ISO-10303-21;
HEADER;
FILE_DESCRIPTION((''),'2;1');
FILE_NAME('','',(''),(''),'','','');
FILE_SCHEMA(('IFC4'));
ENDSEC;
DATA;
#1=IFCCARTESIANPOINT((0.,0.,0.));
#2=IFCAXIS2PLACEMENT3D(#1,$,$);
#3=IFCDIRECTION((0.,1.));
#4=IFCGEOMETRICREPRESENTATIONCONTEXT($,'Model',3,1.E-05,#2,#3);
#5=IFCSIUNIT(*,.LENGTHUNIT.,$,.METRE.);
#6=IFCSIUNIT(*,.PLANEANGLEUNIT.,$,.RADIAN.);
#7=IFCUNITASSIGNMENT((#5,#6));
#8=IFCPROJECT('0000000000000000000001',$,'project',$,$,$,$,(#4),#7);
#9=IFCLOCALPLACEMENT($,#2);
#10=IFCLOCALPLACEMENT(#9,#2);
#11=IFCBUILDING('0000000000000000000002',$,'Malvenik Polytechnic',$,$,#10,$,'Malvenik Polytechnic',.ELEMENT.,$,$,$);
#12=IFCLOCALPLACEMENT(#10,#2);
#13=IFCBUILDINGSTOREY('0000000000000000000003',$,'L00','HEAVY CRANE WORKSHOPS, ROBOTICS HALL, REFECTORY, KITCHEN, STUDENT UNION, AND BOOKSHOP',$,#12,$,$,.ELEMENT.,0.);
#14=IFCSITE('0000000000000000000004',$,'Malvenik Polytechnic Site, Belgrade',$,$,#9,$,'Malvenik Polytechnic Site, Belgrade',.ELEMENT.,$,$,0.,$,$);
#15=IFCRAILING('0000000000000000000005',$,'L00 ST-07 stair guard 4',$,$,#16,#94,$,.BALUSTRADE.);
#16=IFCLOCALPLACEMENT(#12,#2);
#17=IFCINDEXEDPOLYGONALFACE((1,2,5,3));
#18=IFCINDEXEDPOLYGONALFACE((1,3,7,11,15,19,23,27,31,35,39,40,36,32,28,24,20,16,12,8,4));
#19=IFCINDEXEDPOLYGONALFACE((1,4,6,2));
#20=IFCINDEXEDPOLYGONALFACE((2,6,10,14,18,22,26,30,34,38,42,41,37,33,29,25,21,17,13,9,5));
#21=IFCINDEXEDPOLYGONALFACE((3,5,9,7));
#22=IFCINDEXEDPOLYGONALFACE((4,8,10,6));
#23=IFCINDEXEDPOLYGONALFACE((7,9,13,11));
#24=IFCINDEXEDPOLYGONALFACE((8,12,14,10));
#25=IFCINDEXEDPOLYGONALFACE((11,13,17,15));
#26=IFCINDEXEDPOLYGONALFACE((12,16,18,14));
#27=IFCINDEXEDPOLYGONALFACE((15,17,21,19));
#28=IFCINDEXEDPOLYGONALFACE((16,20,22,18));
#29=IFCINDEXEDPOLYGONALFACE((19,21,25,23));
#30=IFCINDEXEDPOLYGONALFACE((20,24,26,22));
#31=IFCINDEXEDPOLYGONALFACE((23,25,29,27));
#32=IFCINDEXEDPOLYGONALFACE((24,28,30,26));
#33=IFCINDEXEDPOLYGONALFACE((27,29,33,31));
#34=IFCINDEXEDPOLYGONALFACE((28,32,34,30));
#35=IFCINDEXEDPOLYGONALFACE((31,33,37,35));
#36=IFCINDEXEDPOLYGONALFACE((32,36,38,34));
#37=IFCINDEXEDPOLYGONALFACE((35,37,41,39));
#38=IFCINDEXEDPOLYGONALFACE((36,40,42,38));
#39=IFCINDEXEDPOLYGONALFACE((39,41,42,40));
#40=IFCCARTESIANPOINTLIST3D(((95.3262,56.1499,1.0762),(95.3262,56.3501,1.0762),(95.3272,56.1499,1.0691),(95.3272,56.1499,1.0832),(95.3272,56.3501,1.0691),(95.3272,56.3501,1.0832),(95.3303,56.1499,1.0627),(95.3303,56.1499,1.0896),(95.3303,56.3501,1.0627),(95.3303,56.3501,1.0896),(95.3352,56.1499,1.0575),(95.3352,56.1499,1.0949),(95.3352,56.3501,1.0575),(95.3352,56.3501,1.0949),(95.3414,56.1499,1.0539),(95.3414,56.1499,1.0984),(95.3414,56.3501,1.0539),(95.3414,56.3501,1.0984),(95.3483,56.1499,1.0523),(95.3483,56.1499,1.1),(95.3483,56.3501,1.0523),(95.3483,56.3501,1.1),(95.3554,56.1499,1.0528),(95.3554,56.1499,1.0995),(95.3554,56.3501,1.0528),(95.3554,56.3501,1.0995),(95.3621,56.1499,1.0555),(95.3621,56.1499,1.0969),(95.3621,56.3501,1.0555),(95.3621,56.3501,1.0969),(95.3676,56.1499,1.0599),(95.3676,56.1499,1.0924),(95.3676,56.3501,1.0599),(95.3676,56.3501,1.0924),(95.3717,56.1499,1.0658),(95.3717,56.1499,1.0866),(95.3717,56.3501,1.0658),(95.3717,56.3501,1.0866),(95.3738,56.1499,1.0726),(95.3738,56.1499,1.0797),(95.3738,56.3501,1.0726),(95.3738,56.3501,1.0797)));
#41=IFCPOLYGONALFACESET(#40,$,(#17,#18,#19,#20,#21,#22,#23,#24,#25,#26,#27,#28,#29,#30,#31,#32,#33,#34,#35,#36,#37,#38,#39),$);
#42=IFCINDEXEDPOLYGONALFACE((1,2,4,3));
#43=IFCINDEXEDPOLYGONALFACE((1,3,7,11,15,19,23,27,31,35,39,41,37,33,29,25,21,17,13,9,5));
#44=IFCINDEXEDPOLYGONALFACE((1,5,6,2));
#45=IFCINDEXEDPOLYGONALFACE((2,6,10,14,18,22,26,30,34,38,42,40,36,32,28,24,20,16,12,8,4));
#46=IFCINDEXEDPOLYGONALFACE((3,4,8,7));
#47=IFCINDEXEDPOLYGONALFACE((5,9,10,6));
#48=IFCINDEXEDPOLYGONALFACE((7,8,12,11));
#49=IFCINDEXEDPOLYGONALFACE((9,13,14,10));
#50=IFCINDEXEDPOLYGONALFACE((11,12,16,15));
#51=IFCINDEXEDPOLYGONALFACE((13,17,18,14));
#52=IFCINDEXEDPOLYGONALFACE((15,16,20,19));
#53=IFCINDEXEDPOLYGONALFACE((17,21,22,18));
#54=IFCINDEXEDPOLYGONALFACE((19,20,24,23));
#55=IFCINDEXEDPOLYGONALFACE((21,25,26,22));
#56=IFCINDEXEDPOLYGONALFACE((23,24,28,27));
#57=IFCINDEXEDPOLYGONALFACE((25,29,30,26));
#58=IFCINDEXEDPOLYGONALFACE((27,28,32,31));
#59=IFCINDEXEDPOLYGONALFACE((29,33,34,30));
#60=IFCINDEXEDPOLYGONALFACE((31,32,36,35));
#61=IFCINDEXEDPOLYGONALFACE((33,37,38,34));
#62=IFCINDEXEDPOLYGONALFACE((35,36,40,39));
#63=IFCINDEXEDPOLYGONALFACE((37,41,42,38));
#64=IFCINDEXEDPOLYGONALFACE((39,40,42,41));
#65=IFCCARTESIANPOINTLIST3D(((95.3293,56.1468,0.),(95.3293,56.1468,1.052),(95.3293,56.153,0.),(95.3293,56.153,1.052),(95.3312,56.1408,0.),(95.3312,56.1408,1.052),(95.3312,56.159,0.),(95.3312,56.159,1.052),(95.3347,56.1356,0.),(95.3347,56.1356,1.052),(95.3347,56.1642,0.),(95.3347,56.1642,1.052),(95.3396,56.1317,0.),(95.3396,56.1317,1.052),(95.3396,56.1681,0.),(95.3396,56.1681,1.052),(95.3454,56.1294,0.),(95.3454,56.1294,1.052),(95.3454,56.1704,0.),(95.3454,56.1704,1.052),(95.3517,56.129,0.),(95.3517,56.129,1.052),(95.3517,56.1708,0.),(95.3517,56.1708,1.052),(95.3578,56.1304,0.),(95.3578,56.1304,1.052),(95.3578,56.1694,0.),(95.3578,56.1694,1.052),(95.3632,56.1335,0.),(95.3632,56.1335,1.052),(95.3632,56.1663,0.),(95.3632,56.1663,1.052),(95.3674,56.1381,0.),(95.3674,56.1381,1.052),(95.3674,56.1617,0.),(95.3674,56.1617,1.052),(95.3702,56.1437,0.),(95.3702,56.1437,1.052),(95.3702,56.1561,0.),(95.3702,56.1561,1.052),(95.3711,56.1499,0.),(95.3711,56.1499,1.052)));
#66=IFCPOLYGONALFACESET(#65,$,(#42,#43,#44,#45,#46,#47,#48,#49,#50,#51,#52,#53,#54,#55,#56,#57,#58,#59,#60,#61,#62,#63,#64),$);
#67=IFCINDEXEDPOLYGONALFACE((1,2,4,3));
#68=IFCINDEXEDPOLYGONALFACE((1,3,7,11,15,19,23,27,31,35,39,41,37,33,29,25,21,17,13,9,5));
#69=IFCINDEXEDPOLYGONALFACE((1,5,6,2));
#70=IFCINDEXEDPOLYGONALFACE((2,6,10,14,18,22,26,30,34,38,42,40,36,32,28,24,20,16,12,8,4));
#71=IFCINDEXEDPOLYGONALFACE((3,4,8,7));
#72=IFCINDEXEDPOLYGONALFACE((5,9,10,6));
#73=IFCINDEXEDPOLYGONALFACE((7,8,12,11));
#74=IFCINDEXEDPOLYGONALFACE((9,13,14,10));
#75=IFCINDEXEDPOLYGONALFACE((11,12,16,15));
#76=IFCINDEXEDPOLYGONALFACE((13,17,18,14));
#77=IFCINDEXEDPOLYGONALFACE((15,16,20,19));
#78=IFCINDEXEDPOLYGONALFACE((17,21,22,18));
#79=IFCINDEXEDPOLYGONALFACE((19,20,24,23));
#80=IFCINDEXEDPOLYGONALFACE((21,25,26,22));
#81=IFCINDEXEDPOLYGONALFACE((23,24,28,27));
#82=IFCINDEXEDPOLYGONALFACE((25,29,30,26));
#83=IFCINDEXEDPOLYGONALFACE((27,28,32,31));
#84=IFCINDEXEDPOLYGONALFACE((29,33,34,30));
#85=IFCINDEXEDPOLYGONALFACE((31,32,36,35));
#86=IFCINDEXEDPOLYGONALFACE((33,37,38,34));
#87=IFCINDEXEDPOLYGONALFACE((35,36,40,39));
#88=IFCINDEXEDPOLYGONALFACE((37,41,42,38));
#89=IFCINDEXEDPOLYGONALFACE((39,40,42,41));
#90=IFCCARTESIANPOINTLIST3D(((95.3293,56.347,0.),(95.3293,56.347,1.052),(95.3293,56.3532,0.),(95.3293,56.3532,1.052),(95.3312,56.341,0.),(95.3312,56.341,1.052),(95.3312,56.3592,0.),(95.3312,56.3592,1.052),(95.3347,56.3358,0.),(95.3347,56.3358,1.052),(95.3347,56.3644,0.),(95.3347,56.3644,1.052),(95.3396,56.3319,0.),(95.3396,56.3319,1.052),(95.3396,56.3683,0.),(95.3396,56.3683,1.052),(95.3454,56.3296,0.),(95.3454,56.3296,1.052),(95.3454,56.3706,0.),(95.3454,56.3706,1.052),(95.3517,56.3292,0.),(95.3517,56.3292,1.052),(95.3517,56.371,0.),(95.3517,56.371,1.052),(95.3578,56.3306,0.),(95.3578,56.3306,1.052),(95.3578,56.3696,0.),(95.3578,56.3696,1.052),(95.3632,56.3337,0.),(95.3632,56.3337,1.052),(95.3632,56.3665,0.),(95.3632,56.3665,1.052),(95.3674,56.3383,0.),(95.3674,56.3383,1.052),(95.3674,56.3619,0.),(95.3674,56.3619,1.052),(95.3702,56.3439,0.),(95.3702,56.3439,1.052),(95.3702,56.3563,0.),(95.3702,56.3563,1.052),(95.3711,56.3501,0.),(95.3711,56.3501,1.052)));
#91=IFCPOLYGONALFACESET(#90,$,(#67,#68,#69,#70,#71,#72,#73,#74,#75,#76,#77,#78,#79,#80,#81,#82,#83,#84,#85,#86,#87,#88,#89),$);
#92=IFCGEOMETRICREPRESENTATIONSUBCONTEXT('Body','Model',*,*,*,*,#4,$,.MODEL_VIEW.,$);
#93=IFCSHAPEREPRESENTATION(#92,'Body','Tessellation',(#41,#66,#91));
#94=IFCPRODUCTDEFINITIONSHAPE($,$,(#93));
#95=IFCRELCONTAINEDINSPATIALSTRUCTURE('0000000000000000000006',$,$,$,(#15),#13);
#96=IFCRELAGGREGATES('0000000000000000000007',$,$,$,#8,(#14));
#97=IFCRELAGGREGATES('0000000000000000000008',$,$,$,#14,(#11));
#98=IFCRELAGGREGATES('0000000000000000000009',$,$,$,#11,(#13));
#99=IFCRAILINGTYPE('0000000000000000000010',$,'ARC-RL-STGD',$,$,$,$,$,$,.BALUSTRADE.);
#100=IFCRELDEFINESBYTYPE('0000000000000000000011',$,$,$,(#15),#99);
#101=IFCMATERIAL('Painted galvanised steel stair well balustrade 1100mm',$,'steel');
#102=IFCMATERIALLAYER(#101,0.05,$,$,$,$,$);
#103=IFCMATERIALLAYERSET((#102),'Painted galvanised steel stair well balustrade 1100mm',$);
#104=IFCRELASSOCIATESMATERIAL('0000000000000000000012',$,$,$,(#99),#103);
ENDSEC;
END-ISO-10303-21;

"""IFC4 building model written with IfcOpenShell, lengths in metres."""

from ifc_helpers import new_model, si_unit, direction, frame, origin, origin_2d, place, context, subcontext, project, spatial, circle, extrude, material, layer, layer_set, type_object, element, save


model = new_model("IFC4")

# Units and contexts
model_context = context("Model", 3, precision=1e-05, world=origin(), true_north=direction((0.0, 1.0)))
body_context = subcontext(model_context, "Body", "Model", "MODEL_VIEW")
ifc_project = project(units=[si_unit("LENGTHUNIT", "METRE"), si_unit("PLANEANGLEUNIT", "RADIAN")], contexts=[model_context])

# Site, building, storey
site_placement = place(None, origin())
site = spatial("IfcSite", under=ifc_project, at=site_placement, Name="Malvenik Polytechnic Site, Belgrade", LongName="Malvenik Polytechnic Site, Belgrade", CompositionType="ELEMENT", RefElevation=0.0)
building_placement = place(site_placement, origin())
building = spatial("IfcBuilding", under=site, at=building_placement, Name="Malvenik Polytechnic", LongName="Malvenik Polytechnic", CompositionType="ELEMENT")
storey_placement = place(building_placement, origin())
storey = spatial("IfcBuildingStorey", under=building, at=storey_placement, Name="L00", Description="HEAVY CRANE WORKSHOPS, ROBOTICS HALL, REFECTORY, KITCHEN, STUDENT UNION, AND BOOKSHOP", CompositionType="ELEMENT", Elevation=0.0)

# Railing
ifc_material_1 = material(Name="Painted galvanised steel stair well balustrade 1100mm", Category="steel")
ifc_layer_1 = layer(ifc_material_1, 0.05)
ifc_layer_set_1 = layer_set([ifc_layer_1], Name="Painted galvanised steel stair well balustrade 1100mm")
railing_type_1 = type_object("IfcRailingType", Name="ARC-RL-STGD", PredefinedType="BALUSTRADE", material=ifc_layer_set_1)
railing_1_placement = place(storey_placement, frame((95.3501, 56.1499, 0.0)))
element("IfcRailing", 1, at=railing_1_placement, inside=storey, type_object=railing_type_1, Name="L00 ST-07 stair guard 4", PredefinedType="BALUSTRADE", context=body_context, shape_type="SweptSolid", body=[
    extrude(circle(Radius=0.0239, at=origin_2d()), frame((0.0, 0.0, 1.0762), z_axis=(0.0, 1.0, 0.0), x_axis=(-1.0, 0.0, 0.0)), (0.0, 0.0, 1.0), 0.2002),
    extrude(circle(Radius=0.021, at=origin_2d()), origin(), (0.0, 0.0, 1.0), 1.052),
    extrude(circle(Radius=0.021, at=origin_2d()), frame((0.0, 0.2002, 0.0)), (0.0, 0.0, 1.0), 1.052),
])

save(model, "model.ifc")
